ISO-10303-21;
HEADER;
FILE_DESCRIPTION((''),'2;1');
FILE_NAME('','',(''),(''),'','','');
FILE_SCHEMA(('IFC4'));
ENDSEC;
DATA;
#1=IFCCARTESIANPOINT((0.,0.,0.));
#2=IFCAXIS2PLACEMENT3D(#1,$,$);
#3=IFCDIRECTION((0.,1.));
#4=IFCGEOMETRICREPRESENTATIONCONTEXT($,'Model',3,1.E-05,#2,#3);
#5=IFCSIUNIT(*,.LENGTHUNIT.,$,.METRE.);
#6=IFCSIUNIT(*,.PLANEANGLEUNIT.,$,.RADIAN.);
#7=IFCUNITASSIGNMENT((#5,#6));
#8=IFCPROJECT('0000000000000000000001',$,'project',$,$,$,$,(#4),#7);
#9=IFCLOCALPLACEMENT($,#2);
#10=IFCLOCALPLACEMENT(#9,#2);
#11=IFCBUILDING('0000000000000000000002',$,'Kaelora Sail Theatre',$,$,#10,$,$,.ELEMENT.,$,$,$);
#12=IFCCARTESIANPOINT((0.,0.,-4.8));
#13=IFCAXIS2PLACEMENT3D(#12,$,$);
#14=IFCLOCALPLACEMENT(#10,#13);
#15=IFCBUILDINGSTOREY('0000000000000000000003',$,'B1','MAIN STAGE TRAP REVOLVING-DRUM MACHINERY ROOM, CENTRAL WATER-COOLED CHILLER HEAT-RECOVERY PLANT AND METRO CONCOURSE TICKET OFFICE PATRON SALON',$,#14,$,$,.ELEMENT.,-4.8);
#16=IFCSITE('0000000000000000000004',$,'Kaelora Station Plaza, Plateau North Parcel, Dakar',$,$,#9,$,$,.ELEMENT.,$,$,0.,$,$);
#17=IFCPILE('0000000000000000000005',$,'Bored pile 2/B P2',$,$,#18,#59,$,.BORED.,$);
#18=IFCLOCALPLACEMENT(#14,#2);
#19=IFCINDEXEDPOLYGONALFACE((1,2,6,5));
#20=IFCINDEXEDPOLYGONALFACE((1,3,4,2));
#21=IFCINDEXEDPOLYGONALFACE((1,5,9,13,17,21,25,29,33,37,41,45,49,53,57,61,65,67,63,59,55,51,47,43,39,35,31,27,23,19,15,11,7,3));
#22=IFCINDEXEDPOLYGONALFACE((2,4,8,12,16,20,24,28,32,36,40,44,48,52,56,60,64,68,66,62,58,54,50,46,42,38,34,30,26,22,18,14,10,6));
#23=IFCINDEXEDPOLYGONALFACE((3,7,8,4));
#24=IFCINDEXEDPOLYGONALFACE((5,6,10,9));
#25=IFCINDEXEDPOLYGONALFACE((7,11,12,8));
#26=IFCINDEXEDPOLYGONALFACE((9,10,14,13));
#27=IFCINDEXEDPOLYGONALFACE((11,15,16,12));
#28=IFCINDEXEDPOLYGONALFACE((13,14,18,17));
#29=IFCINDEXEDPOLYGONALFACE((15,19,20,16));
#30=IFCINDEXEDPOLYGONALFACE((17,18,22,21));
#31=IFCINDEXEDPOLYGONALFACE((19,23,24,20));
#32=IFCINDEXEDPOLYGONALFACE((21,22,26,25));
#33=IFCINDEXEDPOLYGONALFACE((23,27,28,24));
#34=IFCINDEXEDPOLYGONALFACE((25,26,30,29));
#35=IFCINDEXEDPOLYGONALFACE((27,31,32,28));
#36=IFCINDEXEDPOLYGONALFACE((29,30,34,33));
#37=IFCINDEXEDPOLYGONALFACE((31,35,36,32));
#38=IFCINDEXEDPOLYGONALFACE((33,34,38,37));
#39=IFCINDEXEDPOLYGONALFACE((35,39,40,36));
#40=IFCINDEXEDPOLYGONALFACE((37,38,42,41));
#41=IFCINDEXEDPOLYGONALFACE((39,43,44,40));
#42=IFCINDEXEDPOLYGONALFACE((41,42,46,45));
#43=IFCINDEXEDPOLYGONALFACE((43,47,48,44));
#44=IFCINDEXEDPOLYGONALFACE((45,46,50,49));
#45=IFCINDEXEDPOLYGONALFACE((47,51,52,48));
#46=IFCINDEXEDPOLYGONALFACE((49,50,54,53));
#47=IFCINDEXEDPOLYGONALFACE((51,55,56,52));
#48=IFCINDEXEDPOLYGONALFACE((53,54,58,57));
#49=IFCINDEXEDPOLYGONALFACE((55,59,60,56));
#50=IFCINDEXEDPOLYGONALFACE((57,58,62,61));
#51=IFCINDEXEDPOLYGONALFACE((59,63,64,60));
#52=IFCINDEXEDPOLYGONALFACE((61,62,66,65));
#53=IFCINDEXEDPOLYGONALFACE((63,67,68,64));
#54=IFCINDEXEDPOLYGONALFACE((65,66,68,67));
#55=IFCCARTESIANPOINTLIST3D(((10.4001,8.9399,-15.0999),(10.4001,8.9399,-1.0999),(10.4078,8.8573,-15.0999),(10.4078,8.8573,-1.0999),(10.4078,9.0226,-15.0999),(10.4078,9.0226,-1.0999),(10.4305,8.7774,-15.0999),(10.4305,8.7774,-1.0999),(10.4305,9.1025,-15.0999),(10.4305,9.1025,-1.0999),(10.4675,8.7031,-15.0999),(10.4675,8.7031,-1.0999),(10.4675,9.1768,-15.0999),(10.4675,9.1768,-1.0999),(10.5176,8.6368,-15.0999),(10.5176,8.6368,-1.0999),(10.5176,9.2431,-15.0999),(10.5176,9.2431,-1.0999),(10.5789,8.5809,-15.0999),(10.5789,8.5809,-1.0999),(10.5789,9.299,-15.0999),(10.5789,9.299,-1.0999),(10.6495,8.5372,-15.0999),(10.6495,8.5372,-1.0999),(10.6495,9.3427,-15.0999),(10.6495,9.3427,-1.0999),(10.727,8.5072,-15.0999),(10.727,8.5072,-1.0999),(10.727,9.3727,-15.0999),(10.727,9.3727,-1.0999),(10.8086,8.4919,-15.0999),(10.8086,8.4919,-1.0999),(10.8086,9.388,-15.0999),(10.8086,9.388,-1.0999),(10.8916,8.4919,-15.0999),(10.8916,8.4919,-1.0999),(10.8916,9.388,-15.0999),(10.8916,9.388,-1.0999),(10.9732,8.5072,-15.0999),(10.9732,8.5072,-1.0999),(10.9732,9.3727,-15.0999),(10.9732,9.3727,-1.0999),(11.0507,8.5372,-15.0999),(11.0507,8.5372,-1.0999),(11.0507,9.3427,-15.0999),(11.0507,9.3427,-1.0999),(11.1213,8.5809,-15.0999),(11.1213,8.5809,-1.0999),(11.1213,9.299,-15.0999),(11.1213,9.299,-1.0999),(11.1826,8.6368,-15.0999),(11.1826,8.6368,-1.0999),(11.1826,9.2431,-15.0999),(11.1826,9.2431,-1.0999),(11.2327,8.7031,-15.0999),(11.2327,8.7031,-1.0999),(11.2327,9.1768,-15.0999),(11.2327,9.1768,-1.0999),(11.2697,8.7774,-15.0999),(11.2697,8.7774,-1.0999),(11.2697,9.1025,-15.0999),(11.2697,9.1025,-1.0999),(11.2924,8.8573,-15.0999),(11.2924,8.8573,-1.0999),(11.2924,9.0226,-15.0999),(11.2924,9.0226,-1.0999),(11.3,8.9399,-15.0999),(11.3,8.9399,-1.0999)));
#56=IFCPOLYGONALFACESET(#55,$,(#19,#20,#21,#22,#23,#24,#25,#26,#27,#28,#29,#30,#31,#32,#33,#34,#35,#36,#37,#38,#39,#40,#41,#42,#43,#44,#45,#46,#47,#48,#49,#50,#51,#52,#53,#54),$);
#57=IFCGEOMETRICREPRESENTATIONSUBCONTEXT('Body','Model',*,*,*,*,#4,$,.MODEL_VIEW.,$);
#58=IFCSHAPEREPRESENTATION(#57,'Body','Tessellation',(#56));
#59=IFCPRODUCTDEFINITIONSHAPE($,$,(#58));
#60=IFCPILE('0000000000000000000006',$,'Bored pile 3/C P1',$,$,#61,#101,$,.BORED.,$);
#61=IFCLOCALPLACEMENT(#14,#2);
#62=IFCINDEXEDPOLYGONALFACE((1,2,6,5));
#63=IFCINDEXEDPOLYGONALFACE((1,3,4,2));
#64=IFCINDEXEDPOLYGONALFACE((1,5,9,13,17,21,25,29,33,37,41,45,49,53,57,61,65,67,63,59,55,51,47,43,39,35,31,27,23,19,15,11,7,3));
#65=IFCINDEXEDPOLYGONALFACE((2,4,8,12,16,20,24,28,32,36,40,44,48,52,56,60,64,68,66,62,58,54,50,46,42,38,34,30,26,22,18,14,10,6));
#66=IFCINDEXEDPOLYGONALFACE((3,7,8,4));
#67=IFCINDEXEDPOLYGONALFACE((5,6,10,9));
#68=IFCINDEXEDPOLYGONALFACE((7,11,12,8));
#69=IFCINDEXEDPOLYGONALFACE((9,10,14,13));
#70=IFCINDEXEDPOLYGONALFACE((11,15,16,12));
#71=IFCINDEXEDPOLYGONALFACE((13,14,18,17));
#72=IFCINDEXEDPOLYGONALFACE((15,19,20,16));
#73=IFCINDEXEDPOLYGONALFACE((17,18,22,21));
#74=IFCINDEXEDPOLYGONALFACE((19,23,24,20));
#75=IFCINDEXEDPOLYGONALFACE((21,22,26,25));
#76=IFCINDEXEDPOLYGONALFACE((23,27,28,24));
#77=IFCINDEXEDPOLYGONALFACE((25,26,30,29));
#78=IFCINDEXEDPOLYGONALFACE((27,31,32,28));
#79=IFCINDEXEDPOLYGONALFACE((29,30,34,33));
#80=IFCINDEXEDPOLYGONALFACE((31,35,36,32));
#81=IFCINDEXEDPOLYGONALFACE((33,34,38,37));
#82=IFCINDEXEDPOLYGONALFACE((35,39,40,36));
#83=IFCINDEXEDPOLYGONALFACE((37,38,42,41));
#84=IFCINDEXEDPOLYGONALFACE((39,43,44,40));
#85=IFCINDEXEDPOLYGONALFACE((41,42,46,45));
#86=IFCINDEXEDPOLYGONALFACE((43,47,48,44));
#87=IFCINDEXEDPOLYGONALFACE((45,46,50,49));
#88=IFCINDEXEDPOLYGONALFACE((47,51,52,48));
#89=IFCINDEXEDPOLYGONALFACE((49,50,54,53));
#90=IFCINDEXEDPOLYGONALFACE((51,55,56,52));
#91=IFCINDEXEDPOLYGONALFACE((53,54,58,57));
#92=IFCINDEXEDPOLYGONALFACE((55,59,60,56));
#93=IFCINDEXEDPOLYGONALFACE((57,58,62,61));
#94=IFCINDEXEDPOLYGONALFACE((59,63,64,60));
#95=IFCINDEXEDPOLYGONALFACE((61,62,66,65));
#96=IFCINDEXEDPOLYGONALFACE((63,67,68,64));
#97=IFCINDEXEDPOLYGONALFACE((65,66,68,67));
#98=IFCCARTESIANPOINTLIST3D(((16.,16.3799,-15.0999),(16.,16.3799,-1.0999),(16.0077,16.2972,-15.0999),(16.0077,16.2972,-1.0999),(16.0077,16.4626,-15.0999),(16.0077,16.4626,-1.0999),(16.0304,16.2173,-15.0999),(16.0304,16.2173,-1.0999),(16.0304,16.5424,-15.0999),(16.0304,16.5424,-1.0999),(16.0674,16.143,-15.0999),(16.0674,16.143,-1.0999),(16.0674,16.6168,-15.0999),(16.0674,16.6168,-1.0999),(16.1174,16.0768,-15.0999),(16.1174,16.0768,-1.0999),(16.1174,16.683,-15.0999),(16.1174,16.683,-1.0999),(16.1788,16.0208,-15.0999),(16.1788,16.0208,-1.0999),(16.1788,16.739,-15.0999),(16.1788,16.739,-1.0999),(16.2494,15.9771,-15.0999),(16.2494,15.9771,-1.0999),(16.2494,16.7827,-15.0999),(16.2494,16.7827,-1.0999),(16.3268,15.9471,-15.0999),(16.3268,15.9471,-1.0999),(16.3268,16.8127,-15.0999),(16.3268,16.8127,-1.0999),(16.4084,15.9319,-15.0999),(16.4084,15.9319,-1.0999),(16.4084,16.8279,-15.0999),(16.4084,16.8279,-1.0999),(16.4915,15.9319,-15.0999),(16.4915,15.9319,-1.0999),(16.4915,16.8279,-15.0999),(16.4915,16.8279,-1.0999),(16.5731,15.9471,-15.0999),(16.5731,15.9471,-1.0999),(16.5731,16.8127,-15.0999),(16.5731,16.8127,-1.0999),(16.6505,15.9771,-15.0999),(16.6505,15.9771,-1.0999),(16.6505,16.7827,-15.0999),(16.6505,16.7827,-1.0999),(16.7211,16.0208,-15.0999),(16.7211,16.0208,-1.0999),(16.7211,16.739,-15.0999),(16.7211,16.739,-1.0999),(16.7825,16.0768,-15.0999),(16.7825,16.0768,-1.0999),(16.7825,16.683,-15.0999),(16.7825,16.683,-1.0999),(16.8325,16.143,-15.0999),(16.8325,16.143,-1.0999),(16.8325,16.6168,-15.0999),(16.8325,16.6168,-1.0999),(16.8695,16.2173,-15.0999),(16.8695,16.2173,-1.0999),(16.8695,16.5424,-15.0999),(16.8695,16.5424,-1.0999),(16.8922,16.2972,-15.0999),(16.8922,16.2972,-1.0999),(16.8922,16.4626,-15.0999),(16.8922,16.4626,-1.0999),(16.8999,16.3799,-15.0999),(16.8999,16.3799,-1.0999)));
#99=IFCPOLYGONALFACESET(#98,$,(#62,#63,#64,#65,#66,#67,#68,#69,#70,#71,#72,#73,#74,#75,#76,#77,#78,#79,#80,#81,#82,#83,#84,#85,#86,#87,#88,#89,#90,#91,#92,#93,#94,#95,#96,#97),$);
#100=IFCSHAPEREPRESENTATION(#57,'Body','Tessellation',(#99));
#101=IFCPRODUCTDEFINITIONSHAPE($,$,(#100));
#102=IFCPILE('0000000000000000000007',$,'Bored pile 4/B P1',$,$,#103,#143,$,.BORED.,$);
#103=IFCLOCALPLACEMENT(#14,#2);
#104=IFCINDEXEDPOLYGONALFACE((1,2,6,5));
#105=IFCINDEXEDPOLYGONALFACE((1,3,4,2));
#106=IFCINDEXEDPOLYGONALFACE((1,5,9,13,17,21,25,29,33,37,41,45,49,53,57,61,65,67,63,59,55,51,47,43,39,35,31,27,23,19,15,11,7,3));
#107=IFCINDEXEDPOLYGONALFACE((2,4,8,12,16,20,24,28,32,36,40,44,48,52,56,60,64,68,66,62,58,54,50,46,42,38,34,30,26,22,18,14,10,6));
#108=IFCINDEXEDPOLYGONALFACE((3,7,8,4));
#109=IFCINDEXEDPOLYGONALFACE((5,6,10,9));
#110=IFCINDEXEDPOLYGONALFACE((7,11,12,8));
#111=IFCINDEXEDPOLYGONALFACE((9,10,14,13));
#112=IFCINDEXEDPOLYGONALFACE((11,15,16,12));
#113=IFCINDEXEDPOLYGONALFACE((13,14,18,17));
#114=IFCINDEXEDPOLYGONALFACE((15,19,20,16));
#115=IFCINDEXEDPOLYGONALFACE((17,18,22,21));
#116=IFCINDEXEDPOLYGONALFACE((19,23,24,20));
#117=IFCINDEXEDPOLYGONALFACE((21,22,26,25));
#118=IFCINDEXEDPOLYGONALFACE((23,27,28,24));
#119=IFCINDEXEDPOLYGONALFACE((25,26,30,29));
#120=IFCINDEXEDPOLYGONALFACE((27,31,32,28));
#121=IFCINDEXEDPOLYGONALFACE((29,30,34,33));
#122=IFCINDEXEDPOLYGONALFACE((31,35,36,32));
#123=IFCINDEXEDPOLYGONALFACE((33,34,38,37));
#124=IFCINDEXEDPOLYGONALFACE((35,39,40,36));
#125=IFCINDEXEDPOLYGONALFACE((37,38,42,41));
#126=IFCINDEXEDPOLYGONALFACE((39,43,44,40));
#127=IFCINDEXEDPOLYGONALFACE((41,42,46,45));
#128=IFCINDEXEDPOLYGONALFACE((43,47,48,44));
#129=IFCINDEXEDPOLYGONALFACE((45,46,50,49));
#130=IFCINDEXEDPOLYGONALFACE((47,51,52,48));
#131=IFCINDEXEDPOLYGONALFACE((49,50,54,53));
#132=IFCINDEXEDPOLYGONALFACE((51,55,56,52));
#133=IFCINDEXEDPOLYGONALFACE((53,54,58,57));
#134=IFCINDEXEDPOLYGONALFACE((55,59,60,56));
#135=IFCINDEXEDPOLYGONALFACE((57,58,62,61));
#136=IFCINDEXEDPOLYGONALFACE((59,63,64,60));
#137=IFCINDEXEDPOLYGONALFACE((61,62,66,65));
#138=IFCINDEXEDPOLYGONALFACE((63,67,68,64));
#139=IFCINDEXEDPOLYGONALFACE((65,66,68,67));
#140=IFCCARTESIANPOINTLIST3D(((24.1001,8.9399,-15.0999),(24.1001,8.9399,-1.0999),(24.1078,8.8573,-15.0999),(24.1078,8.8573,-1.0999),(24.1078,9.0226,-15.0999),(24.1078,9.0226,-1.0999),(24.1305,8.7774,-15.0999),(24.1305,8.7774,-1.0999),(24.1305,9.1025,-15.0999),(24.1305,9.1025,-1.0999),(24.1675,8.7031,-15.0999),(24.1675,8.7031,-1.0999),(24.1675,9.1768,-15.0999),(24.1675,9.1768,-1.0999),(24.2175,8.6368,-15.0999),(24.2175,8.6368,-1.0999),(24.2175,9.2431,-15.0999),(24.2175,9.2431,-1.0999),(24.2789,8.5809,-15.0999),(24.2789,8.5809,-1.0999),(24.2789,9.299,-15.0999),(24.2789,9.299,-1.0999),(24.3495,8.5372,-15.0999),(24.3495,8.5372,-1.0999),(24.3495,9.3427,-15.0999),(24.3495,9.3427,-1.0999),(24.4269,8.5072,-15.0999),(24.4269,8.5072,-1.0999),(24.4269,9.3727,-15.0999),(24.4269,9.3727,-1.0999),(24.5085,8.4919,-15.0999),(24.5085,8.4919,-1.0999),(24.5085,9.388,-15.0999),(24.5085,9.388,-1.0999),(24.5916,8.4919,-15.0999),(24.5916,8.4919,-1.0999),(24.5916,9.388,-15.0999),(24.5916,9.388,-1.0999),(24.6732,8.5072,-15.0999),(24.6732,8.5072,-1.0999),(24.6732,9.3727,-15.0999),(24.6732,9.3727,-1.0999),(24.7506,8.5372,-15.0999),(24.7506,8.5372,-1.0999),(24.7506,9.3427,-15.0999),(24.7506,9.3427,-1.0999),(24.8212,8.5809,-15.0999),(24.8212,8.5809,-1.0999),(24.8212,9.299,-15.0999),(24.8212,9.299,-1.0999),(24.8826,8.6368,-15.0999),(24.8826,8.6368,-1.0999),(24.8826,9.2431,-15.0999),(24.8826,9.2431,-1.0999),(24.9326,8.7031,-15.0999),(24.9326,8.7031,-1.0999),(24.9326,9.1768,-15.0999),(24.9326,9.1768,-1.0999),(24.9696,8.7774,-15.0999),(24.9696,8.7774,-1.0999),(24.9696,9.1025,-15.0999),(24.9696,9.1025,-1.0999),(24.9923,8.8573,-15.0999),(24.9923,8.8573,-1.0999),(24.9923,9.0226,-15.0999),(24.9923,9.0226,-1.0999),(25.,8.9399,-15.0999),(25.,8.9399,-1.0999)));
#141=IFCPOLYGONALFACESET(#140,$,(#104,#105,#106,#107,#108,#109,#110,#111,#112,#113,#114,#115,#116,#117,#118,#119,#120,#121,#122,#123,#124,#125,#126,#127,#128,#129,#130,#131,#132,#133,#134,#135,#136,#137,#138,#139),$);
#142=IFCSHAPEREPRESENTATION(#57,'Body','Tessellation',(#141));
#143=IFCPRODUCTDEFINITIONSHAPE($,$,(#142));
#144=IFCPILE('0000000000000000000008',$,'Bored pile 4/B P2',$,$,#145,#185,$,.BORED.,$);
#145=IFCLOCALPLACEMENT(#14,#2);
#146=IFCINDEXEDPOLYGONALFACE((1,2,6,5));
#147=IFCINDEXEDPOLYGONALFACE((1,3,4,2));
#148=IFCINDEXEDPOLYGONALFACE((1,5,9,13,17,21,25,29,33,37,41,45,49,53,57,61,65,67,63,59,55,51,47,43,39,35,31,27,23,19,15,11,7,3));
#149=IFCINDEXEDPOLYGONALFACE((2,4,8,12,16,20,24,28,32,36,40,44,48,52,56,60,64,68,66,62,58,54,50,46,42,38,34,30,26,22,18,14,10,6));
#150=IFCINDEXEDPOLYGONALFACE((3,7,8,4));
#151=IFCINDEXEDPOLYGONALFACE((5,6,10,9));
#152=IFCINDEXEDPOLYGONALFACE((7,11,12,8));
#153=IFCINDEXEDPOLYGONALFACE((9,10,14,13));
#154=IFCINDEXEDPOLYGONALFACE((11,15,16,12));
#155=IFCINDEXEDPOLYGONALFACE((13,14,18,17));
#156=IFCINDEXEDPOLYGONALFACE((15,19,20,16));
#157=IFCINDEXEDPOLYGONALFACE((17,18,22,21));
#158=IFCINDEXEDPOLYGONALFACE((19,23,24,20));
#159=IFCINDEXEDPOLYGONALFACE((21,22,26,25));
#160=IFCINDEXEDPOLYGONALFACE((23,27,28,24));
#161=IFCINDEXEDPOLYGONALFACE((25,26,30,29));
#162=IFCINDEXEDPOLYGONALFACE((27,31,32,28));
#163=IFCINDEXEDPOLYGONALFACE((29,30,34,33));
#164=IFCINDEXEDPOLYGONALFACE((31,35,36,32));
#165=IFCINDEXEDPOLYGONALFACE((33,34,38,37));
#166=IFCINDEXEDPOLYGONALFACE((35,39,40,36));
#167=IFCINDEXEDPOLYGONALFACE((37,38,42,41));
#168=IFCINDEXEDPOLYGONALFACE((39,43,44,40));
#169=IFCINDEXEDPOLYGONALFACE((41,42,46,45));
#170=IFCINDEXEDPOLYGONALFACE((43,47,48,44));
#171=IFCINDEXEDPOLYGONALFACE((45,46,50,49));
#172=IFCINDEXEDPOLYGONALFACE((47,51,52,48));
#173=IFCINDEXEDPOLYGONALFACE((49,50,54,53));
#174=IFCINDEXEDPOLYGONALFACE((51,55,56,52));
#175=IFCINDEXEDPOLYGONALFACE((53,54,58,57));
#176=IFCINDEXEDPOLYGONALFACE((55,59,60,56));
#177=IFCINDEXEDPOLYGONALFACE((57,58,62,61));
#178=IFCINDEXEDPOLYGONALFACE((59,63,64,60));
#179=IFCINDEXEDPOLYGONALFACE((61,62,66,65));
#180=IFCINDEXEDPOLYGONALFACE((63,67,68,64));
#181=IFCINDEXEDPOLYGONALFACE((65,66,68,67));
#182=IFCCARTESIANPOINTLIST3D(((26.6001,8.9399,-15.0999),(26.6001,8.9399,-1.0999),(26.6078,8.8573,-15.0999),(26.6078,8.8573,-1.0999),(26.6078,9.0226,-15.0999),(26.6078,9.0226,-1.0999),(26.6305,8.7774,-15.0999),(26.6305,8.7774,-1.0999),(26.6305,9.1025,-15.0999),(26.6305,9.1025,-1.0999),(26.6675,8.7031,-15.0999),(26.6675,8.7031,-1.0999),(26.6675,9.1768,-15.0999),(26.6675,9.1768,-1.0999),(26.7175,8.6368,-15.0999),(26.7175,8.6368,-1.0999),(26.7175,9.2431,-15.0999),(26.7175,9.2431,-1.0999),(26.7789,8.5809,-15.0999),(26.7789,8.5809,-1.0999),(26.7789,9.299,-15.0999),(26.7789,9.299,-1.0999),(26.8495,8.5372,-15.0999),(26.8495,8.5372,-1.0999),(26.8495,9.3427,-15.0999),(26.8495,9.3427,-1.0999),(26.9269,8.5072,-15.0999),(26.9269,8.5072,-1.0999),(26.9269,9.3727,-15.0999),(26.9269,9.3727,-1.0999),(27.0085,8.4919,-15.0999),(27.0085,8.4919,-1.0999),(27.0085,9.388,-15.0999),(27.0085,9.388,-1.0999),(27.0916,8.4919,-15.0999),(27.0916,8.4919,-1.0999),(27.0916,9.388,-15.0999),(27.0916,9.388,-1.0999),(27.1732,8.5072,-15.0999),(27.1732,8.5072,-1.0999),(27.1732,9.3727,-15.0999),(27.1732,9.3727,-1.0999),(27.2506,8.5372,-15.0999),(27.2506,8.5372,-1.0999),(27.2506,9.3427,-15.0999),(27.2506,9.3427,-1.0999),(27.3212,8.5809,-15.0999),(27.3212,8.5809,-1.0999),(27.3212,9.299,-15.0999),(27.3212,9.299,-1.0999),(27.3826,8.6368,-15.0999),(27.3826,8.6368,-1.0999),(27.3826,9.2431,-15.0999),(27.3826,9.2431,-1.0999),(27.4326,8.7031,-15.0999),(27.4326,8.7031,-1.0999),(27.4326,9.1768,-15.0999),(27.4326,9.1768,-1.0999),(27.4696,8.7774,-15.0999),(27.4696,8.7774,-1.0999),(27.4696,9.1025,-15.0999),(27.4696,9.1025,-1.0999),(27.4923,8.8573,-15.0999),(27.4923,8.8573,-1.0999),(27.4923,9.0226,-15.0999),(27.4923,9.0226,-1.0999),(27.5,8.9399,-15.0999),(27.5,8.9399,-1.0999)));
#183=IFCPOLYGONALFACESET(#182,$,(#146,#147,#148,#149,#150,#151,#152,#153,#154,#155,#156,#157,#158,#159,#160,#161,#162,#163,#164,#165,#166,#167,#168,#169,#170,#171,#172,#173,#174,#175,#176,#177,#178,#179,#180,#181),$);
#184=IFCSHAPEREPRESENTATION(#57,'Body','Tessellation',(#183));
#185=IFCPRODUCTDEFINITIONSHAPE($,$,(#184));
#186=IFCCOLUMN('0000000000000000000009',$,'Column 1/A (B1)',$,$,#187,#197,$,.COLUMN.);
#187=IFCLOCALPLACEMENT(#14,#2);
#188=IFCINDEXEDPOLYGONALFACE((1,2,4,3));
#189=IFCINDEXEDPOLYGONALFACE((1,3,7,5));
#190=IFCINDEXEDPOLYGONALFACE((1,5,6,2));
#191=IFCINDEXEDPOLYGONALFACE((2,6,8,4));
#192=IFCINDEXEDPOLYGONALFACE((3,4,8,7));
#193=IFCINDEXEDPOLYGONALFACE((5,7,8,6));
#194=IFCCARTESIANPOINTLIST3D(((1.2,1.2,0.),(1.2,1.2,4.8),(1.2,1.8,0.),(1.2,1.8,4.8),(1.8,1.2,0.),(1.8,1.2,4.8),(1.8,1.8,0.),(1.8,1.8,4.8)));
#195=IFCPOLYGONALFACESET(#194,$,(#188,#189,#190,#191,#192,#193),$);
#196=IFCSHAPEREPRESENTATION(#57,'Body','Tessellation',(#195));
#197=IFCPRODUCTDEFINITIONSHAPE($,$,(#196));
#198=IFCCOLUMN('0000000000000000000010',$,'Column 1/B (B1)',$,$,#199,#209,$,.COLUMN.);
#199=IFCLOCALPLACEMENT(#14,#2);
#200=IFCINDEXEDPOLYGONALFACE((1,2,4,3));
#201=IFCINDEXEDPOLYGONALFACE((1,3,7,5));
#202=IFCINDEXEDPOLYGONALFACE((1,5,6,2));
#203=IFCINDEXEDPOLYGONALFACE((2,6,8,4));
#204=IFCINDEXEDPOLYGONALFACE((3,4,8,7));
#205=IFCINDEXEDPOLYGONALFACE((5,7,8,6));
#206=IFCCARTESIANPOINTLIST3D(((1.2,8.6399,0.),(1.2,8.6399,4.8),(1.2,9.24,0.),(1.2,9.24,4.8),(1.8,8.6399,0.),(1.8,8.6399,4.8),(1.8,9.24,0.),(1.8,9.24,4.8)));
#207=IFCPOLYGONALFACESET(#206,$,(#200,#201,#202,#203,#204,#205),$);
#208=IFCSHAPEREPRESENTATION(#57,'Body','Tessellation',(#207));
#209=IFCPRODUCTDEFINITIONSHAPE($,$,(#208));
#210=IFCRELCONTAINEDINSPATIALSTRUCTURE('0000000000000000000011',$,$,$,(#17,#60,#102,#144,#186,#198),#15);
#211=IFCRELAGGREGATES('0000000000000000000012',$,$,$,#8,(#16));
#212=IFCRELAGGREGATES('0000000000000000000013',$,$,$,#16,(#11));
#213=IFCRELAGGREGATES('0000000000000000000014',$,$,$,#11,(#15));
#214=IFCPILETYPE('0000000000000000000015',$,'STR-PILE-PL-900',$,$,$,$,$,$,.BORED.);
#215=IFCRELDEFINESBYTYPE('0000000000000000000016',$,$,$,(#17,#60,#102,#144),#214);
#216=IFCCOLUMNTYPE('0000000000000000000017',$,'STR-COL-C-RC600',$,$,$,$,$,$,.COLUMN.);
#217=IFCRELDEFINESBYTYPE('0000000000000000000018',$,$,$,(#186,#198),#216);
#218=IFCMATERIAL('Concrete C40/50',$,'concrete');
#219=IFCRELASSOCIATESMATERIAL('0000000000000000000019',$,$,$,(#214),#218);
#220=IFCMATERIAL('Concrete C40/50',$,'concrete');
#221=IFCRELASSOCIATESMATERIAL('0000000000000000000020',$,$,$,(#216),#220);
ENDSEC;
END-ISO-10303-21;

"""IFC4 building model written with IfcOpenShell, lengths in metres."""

from ifc_helpers import new_model, si_unit, direction, frame, origin, origin_2d, place, context, subcontext, project, spatial, rectangle, circle, extrude, material, material_profile, profile_set, type_object, element, save


model = new_model("IFC4")

# Units and contexts
model_context = context("Model", 3, precision=1e-05, world=origin(), true_north=direction((0.0, 1.0)))
body_context = subcontext(model_context, "Body", "Model", "MODEL_VIEW")
ifc_project = project(units=[si_unit("LENGTHUNIT", "METRE"), si_unit("PLANEANGLEUNIT", "RADIAN")], contexts=[model_context])

# Site, building, storey
site_placement = place(None, origin())
site = spatial("IfcSite", under=ifc_project, at=site_placement, Name="Kaelora Station Plaza, Plateau North Parcel, Dakar", CompositionType="ELEMENT", RefElevation=0.0)
building_placement = place(site_placement, origin())
building = spatial("IfcBuilding", under=site, at=building_placement, Name="Kaelora Sail Theatre", CompositionType="ELEMENT")
storey_placement = place(building_placement, frame((0.0, 0.0, -4.8)))
storey = spatial("IfcBuildingStorey", under=building, at=storey_placement, Name="B1", Description="MAIN STAGE TRAP REVOLVING-DRUM MACHINERY ROOM, CENTRAL WATER-COOLED CHILLER HEAT-RECOVERY PLANT AND METRO CONCOURSE TICKET OFFICE PATRON SALON", CompositionType="ELEMENT", Elevation=-4.8)

# Piles
ifc_material_1 = material(Name="Concrete C40/50", Category="concrete")
ifc_material_profile_1 = material_profile(ifc_material_1, circle(Radius=0.45, at=origin_2d()), Name="PILE D900")
ifc_profile_set_1 = profile_set([ifc_material_profile_1], Name="Concrete C40/50")
pile_type = type_object("IfcPileType", Name="STR-PILE-PL-900", PredefinedType="BORED", material=ifc_profile_set_1)
for number, where, z_axis, x_axis, name in (
    (1, (10.8501, 8.9399, -1.0999), (0.0, 0.0, -1.0), (1.0, 0.0, 0.0), "Bored pile 2/B P2"),
    (2, (16.45, 16.3799, -1.0999), (0.0, 0.0, -1.0), (1.0, 0.0, 0.0), "Bored pile 3/C P1"),
    (3, (24.55, 8.9399, -1.0999), (0.0, 0.0, -1.0), (1.0, 0.0, 0.0), "Bored pile 4/B P1"),
    (4, (27.05, 8.9399, -1.0999), (0.0, 0.0, -1.0), (1.0, 0.0, 0.0), "Bored pile 4/B P2"),
):
    element("IfcPile", number, at=place(storey_placement, frame(where, z_axis=z_axis, x_axis=x_axis)), inside=storey, type_object=pile_type, Name=name, PredefinedType="BORED", context=body_context, shape_type="SweptSolid", body=[
        extrude(circle(Radius=0.45, at=origin_2d()), origin(), (0.0, 0.0, 1.0), 14.0),
    ])

# Columns
ifc_material_2 = material(Name="Concrete C40/50", Category="concrete")
ifc_material_profile_2 = material_profile(ifc_material_2, rectangle(XDim=0.6001, YDim=0.6001, at=origin_2d()), Name="RC-COL 600x600")
ifc_profile_set_2 = profile_set([ifc_material_profile_2], Name="Concrete C40/50")
column_type = type_object("IfcColumnType", Name="STR-COL-C-RC600", PredefinedType="COLUMN", material=ifc_profile_set_2)
for number, where, z_axis, x_axis, name in (
    (5, (1.5, 1.5, 0.0), (0.0, 0.0, 1.0), (1.0, 0.0, 0.0), "Column 1/A (B1)"),
    (6, (1.5, 8.9399, 0.0), (0.0, 0.0, 1.0), (1.0, 0.0, 0.0), "Column 1/B (B1)"),
):
    element("IfcColumn", number, at=place(storey_placement, frame(where, z_axis=z_axis, x_axis=x_axis)), inside=storey, type_object=column_type, Name=name, PredefinedType="COLUMN", context=body_context, shape_type="SweptSolid", body=[
        extrude(rectangle(XDim=0.6001, YDim=0.6001, at=origin_2d()), origin(), (0.0, 0.0, 1.0), 4.8),
    ])

save(model, "model.ifc")
